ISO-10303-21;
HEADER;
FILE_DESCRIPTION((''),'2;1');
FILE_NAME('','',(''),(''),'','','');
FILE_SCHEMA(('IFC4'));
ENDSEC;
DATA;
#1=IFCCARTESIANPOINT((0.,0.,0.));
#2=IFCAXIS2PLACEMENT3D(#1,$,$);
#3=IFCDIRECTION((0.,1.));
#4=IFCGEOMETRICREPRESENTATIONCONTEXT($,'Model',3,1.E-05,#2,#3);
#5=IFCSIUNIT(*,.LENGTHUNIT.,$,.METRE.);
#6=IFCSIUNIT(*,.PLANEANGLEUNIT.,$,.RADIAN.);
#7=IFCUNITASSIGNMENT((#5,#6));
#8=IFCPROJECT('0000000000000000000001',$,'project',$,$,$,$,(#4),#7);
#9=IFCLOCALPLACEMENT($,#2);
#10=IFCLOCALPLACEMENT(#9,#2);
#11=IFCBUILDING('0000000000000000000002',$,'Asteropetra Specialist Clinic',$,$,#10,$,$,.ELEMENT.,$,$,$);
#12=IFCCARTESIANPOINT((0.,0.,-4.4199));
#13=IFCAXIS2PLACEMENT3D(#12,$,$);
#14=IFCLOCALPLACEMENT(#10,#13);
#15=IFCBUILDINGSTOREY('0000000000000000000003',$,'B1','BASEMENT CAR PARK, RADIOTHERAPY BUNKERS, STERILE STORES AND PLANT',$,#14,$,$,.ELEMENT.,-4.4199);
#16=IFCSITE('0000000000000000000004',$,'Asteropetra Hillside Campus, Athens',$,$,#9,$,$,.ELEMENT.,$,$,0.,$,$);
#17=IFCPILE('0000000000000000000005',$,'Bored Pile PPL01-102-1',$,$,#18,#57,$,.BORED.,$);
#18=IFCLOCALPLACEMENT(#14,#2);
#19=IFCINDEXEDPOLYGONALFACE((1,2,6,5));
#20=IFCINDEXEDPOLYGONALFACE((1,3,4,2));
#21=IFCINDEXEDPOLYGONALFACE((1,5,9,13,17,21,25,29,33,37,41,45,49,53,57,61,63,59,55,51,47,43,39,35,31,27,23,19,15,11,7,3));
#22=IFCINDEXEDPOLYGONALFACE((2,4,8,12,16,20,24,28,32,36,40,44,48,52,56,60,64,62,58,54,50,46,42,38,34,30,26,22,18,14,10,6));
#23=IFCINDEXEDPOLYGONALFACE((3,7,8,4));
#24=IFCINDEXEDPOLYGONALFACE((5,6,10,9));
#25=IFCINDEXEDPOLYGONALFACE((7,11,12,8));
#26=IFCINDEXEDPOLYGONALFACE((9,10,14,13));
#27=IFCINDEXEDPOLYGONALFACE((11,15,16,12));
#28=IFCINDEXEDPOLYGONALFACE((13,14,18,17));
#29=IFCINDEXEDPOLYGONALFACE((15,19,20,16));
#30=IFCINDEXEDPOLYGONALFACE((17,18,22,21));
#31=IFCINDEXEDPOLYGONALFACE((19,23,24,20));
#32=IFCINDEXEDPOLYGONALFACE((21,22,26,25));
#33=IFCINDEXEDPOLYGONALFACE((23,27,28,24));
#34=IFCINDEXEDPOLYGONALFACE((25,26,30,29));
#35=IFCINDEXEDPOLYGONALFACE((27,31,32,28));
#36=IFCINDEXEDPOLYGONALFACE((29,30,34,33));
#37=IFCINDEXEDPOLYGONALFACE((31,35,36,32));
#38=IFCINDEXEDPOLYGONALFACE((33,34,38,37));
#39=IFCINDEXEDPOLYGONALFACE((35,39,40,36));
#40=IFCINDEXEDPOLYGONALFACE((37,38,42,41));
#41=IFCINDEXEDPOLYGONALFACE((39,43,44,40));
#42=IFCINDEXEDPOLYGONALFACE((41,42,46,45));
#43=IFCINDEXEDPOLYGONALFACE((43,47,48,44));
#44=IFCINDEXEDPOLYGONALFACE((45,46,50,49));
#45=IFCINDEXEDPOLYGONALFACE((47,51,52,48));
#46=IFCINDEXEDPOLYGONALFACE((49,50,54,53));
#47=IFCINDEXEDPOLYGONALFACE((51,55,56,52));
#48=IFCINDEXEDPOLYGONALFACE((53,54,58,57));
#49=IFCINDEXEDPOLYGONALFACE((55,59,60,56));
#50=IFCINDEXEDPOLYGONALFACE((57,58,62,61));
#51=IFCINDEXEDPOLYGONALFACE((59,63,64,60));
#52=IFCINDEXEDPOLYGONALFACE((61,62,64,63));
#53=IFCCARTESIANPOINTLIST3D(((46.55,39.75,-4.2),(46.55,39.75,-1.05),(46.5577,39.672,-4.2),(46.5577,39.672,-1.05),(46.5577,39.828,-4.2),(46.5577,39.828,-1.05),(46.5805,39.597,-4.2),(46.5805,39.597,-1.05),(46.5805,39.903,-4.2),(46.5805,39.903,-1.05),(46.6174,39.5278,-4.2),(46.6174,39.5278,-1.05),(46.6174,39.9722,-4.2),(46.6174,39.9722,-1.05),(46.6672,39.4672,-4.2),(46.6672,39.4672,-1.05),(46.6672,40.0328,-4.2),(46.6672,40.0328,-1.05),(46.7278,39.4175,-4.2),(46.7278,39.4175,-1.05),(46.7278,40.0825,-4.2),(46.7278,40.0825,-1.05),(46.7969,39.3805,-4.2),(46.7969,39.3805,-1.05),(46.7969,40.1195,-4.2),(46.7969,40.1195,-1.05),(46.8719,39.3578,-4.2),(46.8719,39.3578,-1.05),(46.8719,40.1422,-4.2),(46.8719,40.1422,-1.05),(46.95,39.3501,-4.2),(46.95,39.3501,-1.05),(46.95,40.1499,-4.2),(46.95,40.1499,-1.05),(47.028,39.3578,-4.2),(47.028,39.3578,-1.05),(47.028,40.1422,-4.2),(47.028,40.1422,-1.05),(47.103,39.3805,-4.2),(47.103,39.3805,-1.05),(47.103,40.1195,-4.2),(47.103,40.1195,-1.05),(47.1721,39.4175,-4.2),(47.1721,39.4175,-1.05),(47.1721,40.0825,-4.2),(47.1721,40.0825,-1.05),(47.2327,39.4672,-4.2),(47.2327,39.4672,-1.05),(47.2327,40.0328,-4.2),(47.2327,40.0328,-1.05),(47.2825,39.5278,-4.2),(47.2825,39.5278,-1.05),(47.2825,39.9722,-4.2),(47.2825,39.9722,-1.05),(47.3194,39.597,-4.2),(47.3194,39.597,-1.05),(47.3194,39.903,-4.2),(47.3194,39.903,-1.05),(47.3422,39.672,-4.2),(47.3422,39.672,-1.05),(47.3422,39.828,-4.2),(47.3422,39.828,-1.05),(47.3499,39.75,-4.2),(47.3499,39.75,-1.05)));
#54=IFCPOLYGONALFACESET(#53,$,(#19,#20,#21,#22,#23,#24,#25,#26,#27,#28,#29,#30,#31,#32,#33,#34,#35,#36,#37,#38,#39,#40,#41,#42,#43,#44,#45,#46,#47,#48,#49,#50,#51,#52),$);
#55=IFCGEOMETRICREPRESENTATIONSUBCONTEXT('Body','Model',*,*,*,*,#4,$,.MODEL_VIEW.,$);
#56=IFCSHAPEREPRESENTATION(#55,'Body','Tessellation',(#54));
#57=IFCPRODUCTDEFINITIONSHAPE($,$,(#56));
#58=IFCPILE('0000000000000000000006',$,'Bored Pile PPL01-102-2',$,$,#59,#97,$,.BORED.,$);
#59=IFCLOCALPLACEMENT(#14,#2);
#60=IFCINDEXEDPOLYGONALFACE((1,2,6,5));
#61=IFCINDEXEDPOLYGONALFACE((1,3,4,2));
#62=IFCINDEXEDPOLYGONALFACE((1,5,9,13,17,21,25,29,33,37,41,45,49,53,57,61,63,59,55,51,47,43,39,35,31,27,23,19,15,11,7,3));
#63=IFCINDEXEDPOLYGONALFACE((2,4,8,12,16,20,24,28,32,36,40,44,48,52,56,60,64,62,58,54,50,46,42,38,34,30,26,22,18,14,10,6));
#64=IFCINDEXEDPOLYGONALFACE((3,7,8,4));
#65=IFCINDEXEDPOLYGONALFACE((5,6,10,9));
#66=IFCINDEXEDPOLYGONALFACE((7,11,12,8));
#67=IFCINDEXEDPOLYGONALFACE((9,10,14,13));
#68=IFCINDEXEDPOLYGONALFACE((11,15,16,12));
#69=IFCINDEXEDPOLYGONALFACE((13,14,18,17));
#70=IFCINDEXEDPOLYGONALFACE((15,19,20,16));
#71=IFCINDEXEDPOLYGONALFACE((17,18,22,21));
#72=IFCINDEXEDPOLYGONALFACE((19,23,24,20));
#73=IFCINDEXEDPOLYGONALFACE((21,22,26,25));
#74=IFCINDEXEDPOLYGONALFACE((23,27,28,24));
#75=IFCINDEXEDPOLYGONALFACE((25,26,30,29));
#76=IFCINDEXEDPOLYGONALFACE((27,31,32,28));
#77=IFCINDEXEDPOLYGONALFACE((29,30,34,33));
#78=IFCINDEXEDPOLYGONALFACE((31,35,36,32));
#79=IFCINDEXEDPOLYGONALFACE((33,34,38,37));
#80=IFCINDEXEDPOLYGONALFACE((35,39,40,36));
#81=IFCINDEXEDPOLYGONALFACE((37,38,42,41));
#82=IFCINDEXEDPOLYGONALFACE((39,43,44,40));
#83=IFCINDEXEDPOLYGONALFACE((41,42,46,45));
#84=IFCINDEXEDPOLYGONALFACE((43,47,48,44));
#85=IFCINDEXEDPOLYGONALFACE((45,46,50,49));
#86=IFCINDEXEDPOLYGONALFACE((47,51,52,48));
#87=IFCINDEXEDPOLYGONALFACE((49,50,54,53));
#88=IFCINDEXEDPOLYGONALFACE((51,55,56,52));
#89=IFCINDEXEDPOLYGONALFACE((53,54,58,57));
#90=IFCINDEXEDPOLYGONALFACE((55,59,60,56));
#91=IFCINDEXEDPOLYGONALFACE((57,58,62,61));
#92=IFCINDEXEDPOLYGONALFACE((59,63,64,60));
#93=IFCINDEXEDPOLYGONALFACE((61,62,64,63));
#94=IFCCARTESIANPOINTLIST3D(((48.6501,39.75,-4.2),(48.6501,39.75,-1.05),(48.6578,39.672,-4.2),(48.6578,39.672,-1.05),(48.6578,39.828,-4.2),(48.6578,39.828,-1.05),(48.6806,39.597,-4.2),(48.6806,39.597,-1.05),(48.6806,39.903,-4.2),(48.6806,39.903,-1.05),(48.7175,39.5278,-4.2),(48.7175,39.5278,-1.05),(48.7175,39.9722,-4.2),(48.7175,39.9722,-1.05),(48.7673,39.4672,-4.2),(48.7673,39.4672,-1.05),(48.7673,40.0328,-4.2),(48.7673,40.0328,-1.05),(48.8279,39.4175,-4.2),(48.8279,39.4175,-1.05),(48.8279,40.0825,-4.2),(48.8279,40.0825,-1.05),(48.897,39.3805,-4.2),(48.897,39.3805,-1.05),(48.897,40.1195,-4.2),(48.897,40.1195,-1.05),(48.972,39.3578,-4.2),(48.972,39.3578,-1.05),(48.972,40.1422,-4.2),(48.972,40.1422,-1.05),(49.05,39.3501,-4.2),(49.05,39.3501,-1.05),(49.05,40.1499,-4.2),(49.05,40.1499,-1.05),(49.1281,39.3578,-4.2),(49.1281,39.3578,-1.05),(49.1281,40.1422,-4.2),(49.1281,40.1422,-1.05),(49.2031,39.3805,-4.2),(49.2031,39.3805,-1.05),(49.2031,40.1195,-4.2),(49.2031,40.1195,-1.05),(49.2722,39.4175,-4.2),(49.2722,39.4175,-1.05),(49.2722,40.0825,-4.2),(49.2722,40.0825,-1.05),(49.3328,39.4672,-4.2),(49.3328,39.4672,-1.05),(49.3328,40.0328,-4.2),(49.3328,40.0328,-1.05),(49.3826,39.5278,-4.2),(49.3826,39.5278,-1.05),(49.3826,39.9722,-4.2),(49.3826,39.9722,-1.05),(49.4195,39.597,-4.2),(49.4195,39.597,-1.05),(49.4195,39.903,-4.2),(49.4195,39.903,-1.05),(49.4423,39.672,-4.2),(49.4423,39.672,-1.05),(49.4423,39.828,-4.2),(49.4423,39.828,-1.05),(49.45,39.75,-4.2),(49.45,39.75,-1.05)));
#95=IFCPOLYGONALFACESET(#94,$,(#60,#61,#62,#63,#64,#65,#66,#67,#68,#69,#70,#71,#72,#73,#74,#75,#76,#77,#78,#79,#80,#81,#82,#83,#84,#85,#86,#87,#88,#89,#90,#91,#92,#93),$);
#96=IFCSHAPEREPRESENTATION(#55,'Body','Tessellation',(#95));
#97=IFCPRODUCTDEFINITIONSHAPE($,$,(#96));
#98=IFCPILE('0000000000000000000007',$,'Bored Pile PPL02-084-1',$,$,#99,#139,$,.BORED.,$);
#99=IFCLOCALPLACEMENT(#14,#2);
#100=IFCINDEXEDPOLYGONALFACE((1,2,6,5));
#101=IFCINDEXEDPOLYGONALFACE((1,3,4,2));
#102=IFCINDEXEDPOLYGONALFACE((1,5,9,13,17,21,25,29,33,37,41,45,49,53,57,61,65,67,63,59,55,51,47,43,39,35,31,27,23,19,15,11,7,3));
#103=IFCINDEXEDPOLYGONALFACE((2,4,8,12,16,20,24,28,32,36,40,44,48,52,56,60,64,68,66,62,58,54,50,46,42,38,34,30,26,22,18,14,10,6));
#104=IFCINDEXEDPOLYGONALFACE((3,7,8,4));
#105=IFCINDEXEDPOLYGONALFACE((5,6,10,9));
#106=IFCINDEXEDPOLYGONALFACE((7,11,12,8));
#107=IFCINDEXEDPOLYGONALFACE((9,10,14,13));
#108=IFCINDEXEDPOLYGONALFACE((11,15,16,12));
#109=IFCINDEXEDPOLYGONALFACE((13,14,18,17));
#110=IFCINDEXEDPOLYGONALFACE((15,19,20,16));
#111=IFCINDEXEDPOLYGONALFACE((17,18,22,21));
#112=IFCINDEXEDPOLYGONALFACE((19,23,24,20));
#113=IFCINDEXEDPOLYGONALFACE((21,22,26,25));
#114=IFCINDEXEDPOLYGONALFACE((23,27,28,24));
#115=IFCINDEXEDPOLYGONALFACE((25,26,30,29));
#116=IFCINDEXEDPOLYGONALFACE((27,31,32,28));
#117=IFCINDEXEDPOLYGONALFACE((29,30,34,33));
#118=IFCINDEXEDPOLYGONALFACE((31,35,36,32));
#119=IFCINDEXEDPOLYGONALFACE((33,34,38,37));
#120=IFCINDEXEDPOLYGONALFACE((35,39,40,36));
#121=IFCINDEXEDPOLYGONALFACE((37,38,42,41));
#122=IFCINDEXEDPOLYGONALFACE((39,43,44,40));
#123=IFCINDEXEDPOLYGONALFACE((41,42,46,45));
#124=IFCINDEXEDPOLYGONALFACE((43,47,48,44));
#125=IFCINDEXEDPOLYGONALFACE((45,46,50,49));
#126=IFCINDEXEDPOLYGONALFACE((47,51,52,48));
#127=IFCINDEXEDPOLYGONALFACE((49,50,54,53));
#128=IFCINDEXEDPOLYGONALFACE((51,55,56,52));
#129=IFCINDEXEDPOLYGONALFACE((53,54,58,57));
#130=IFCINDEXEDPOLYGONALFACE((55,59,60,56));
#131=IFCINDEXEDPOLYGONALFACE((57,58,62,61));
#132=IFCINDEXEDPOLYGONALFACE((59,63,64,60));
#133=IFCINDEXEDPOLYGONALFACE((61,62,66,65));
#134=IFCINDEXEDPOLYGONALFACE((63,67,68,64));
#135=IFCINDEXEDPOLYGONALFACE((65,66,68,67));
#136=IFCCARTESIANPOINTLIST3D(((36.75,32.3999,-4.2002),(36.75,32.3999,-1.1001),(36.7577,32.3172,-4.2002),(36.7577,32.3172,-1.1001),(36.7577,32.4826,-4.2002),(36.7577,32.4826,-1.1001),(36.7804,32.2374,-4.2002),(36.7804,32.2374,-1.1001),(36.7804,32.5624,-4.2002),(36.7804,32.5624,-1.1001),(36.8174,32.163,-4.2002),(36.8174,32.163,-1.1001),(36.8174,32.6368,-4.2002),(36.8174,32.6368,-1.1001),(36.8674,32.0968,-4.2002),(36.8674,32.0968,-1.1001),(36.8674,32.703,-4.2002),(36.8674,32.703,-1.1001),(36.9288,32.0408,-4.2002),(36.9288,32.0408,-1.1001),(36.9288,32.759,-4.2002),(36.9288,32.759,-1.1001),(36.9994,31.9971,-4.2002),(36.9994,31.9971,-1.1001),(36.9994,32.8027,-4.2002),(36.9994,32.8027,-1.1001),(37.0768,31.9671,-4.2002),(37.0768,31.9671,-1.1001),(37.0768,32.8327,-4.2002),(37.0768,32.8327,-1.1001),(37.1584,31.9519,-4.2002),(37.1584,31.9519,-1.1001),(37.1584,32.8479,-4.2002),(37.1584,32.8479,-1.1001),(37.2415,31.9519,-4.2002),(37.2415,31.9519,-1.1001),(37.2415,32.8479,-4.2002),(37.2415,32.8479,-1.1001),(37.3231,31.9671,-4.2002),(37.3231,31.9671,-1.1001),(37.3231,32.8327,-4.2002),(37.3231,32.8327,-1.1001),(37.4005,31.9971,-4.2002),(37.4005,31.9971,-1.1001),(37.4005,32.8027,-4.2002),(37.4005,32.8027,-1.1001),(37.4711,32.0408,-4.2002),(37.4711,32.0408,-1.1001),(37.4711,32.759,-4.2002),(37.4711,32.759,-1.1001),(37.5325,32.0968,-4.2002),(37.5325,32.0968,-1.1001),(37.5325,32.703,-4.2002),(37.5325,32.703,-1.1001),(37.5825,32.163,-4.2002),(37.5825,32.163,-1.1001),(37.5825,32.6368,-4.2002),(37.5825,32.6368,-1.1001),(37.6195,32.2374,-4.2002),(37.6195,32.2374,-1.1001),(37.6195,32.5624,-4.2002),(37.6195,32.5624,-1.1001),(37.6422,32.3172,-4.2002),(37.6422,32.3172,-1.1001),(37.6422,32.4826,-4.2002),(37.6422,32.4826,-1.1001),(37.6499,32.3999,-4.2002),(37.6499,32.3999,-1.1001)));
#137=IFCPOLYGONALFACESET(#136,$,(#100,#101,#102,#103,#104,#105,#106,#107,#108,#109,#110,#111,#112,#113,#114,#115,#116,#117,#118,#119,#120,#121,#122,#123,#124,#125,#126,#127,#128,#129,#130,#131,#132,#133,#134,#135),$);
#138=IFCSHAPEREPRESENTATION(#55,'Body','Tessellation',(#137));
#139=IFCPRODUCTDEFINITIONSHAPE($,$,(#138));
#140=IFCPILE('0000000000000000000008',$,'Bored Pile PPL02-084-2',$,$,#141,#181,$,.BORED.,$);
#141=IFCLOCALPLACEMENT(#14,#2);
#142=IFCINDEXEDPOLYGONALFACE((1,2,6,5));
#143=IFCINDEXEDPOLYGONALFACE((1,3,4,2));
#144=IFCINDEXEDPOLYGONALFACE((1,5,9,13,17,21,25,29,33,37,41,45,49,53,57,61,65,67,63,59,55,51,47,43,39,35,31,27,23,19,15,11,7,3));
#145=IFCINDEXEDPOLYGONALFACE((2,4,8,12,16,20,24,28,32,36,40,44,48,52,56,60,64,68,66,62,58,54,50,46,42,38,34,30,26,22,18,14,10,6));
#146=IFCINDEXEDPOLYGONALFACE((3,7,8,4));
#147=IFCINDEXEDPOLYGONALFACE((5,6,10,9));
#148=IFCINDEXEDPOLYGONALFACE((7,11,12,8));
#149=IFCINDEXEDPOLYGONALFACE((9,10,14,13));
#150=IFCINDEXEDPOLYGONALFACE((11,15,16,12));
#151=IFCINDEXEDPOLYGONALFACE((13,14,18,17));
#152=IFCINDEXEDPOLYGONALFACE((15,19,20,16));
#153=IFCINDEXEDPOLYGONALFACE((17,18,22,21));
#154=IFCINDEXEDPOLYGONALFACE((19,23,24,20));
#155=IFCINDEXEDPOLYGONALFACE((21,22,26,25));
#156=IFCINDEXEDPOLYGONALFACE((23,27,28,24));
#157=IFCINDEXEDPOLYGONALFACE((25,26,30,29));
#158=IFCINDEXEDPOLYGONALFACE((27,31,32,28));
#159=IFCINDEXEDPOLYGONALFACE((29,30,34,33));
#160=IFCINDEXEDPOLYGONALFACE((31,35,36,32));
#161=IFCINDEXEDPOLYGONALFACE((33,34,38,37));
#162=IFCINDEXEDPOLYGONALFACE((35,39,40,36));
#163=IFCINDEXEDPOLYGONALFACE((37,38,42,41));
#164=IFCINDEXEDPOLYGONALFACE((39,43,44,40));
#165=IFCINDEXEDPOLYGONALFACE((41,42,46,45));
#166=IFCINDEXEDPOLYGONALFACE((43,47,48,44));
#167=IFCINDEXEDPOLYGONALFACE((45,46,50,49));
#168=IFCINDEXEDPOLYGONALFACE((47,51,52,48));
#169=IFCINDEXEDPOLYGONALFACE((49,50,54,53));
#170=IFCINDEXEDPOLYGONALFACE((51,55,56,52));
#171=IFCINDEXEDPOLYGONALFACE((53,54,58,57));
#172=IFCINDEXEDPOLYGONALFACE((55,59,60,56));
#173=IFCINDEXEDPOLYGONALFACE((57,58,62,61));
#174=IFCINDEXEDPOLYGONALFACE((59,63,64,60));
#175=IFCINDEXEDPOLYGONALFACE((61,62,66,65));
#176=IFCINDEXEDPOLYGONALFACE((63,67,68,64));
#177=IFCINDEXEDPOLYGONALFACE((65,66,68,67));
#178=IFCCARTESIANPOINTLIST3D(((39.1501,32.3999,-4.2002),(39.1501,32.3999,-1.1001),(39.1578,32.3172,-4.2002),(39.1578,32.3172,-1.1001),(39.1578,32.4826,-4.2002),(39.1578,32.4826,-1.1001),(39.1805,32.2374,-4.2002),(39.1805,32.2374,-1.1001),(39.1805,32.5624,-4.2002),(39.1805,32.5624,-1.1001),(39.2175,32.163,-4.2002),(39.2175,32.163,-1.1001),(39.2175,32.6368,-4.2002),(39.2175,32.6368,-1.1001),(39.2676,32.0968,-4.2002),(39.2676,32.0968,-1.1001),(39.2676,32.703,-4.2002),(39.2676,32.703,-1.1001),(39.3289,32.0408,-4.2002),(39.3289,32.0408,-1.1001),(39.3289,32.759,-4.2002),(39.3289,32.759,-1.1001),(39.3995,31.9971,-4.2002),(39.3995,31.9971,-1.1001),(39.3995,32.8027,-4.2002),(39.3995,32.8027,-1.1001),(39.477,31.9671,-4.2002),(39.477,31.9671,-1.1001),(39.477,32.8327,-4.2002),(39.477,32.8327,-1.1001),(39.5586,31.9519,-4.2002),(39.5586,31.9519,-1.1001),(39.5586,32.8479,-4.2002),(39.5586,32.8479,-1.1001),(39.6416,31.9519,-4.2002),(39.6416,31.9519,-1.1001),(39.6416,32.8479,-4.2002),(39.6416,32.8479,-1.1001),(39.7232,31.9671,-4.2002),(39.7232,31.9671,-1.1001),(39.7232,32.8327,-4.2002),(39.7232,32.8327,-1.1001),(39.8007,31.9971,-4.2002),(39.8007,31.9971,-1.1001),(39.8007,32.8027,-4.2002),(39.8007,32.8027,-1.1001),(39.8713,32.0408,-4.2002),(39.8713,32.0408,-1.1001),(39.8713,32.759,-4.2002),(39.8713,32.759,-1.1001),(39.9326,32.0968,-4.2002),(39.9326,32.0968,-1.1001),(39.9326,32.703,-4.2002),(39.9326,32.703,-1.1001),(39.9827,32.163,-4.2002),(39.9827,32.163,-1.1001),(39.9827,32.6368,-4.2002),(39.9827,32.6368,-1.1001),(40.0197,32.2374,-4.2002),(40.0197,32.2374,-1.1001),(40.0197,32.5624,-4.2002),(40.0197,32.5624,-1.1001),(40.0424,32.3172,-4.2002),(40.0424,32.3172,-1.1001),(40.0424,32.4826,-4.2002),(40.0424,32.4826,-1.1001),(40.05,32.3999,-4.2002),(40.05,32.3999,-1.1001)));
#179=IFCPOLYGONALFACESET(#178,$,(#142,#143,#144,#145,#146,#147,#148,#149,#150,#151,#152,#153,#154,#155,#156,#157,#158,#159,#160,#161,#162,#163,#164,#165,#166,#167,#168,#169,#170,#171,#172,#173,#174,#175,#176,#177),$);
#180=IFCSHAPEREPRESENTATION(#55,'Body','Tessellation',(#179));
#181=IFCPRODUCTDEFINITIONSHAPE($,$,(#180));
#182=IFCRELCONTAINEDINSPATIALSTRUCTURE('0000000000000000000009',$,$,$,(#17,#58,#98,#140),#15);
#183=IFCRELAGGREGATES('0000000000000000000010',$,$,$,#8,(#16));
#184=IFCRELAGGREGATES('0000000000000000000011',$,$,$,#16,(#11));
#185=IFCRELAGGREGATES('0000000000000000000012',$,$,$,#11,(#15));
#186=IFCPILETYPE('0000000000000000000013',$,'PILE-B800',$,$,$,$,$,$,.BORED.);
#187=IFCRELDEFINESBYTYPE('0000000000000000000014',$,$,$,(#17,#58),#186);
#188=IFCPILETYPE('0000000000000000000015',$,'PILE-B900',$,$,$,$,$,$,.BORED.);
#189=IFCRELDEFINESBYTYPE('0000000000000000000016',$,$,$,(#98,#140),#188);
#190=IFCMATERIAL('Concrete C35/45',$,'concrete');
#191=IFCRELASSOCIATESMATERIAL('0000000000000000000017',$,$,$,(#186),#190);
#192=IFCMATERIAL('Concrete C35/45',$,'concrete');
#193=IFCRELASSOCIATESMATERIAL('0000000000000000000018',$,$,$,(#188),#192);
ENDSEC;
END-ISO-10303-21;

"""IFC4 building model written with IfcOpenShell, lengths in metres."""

from ifc_helpers import new_model, si_unit, direction, frame, origin, origin_2d, place, context, subcontext, project, spatial, circle, extrude, material, material_profile, profile_set, type_object, element, save


model = new_model("IFC4")

# Units and contexts
model_context = context("Model", 3, precision=1e-05, world=origin(), true_north=direction((0.0, 1.0)))
body_context = subcontext(model_context, "Body", "Model", "MODEL_VIEW")
ifc_project = project(units=[si_unit("LENGTHUNIT", "METRE"), si_unit("PLANEANGLEUNIT", "RADIAN")], contexts=[model_context])

# Site, building, storey
site_placement = place(None, origin())
site = spatial("IfcSite", under=ifc_project, at=site_placement, Name="Asteropetra Hillside Campus, Athens", CompositionType="ELEMENT", RefElevation=0.0)
building_placement = place(site_placement, origin())
building = spatial("IfcBuilding", under=site, at=building_placement, Name="Asteropetra Specialist Clinic", CompositionType="ELEMENT")
storey_placement = place(building_placement, frame((0.0, 0.0, -4.4199)))
storey = spatial("IfcBuildingStorey", under=building, at=storey_placement, Name="B1", Description="BASEMENT CAR PARK, RADIOTHERAPY BUNKERS, STERILE STORES AND PLANT", CompositionType="ELEMENT", Elevation=-4.4199)

# Piles
ifc_material_1 = material(Name="Concrete C35/45", Category="concrete")
ifc_material_profile_1 = material_profile(ifc_material_1, circle(Radius=0.3999, at=origin_2d()), Name="PILE D800")
ifc_profile_set_1 = profile_set([ifc_material_profile_1], Name="Concrete C35/45")
pile_type_1 = type_object("IfcPileType", Name="PILE-B800", PredefinedType="BORED", material=ifc_profile_set_1)
for number, where, z_axis, x_axis, name in (
    (1, (46.95, 39.75, -1.05), (0.0, 0.0, -1.0), (1.0, 0.0, 0.0), "Bored Pile PPL01-102-1"),
    (2, (49.05, 39.75, -1.05), (0.0, 0.0, -1.0), (1.0, 0.0, 0.0), "Bored Pile PPL01-102-2"),
):
    element("IfcPile", number, at=place(storey_placement, frame(where, z_axis=z_axis, x_axis=x_axis)), inside=storey, type_object=pile_type_1, Name=name, PredefinedType="BORED", context=body_context, shape_type="SweptSolid", body=[
        extrude(circle(Radius=0.3999, at=origin_2d()), origin(), (0.0, 0.0, 1.0), 3.1499),
    ])
ifc_material_2 = material(Name="Concrete C35/45", Category="concrete")
ifc_material_profile_2 = material_profile(ifc_material_2, circle(Radius=0.45, at=origin_2d()), Name="PILE D900")
ifc_profile_set_2 = profile_set([ifc_material_profile_2], Name="Concrete C35/45")
pile_type_2 = type_object("IfcPileType", Name="PILE-B900", PredefinedType="BORED", material=ifc_profile_set_2)
for number, where, z_axis, x_axis, name in (
    (3, (37.2, 32.3999, -1.1001), (0.0, 0.0, -1.0), (1.0, 0.0, 0.0), "Bored Pile PPL02-084-1"),
    (4, (39.6001, 32.3999, -1.1001), (0.0, 0.0, -1.0), (1.0, 0.0, 0.0), "Bored Pile PPL02-084-2"),
):
    element("IfcPile", number, at=place(storey_placement, frame(where, z_axis=z_axis, x_axis=x_axis)), inside=storey, type_object=pile_type_2, Name=name, PredefinedType="BORED", context=body_context, shape_type="SweptSolid", body=[
        extrude(circle(Radius=0.45, at=origin_2d()), origin(), (0.0, 0.0, 1.0), 3.1001),
    ])

save(model, "model.ifc")
